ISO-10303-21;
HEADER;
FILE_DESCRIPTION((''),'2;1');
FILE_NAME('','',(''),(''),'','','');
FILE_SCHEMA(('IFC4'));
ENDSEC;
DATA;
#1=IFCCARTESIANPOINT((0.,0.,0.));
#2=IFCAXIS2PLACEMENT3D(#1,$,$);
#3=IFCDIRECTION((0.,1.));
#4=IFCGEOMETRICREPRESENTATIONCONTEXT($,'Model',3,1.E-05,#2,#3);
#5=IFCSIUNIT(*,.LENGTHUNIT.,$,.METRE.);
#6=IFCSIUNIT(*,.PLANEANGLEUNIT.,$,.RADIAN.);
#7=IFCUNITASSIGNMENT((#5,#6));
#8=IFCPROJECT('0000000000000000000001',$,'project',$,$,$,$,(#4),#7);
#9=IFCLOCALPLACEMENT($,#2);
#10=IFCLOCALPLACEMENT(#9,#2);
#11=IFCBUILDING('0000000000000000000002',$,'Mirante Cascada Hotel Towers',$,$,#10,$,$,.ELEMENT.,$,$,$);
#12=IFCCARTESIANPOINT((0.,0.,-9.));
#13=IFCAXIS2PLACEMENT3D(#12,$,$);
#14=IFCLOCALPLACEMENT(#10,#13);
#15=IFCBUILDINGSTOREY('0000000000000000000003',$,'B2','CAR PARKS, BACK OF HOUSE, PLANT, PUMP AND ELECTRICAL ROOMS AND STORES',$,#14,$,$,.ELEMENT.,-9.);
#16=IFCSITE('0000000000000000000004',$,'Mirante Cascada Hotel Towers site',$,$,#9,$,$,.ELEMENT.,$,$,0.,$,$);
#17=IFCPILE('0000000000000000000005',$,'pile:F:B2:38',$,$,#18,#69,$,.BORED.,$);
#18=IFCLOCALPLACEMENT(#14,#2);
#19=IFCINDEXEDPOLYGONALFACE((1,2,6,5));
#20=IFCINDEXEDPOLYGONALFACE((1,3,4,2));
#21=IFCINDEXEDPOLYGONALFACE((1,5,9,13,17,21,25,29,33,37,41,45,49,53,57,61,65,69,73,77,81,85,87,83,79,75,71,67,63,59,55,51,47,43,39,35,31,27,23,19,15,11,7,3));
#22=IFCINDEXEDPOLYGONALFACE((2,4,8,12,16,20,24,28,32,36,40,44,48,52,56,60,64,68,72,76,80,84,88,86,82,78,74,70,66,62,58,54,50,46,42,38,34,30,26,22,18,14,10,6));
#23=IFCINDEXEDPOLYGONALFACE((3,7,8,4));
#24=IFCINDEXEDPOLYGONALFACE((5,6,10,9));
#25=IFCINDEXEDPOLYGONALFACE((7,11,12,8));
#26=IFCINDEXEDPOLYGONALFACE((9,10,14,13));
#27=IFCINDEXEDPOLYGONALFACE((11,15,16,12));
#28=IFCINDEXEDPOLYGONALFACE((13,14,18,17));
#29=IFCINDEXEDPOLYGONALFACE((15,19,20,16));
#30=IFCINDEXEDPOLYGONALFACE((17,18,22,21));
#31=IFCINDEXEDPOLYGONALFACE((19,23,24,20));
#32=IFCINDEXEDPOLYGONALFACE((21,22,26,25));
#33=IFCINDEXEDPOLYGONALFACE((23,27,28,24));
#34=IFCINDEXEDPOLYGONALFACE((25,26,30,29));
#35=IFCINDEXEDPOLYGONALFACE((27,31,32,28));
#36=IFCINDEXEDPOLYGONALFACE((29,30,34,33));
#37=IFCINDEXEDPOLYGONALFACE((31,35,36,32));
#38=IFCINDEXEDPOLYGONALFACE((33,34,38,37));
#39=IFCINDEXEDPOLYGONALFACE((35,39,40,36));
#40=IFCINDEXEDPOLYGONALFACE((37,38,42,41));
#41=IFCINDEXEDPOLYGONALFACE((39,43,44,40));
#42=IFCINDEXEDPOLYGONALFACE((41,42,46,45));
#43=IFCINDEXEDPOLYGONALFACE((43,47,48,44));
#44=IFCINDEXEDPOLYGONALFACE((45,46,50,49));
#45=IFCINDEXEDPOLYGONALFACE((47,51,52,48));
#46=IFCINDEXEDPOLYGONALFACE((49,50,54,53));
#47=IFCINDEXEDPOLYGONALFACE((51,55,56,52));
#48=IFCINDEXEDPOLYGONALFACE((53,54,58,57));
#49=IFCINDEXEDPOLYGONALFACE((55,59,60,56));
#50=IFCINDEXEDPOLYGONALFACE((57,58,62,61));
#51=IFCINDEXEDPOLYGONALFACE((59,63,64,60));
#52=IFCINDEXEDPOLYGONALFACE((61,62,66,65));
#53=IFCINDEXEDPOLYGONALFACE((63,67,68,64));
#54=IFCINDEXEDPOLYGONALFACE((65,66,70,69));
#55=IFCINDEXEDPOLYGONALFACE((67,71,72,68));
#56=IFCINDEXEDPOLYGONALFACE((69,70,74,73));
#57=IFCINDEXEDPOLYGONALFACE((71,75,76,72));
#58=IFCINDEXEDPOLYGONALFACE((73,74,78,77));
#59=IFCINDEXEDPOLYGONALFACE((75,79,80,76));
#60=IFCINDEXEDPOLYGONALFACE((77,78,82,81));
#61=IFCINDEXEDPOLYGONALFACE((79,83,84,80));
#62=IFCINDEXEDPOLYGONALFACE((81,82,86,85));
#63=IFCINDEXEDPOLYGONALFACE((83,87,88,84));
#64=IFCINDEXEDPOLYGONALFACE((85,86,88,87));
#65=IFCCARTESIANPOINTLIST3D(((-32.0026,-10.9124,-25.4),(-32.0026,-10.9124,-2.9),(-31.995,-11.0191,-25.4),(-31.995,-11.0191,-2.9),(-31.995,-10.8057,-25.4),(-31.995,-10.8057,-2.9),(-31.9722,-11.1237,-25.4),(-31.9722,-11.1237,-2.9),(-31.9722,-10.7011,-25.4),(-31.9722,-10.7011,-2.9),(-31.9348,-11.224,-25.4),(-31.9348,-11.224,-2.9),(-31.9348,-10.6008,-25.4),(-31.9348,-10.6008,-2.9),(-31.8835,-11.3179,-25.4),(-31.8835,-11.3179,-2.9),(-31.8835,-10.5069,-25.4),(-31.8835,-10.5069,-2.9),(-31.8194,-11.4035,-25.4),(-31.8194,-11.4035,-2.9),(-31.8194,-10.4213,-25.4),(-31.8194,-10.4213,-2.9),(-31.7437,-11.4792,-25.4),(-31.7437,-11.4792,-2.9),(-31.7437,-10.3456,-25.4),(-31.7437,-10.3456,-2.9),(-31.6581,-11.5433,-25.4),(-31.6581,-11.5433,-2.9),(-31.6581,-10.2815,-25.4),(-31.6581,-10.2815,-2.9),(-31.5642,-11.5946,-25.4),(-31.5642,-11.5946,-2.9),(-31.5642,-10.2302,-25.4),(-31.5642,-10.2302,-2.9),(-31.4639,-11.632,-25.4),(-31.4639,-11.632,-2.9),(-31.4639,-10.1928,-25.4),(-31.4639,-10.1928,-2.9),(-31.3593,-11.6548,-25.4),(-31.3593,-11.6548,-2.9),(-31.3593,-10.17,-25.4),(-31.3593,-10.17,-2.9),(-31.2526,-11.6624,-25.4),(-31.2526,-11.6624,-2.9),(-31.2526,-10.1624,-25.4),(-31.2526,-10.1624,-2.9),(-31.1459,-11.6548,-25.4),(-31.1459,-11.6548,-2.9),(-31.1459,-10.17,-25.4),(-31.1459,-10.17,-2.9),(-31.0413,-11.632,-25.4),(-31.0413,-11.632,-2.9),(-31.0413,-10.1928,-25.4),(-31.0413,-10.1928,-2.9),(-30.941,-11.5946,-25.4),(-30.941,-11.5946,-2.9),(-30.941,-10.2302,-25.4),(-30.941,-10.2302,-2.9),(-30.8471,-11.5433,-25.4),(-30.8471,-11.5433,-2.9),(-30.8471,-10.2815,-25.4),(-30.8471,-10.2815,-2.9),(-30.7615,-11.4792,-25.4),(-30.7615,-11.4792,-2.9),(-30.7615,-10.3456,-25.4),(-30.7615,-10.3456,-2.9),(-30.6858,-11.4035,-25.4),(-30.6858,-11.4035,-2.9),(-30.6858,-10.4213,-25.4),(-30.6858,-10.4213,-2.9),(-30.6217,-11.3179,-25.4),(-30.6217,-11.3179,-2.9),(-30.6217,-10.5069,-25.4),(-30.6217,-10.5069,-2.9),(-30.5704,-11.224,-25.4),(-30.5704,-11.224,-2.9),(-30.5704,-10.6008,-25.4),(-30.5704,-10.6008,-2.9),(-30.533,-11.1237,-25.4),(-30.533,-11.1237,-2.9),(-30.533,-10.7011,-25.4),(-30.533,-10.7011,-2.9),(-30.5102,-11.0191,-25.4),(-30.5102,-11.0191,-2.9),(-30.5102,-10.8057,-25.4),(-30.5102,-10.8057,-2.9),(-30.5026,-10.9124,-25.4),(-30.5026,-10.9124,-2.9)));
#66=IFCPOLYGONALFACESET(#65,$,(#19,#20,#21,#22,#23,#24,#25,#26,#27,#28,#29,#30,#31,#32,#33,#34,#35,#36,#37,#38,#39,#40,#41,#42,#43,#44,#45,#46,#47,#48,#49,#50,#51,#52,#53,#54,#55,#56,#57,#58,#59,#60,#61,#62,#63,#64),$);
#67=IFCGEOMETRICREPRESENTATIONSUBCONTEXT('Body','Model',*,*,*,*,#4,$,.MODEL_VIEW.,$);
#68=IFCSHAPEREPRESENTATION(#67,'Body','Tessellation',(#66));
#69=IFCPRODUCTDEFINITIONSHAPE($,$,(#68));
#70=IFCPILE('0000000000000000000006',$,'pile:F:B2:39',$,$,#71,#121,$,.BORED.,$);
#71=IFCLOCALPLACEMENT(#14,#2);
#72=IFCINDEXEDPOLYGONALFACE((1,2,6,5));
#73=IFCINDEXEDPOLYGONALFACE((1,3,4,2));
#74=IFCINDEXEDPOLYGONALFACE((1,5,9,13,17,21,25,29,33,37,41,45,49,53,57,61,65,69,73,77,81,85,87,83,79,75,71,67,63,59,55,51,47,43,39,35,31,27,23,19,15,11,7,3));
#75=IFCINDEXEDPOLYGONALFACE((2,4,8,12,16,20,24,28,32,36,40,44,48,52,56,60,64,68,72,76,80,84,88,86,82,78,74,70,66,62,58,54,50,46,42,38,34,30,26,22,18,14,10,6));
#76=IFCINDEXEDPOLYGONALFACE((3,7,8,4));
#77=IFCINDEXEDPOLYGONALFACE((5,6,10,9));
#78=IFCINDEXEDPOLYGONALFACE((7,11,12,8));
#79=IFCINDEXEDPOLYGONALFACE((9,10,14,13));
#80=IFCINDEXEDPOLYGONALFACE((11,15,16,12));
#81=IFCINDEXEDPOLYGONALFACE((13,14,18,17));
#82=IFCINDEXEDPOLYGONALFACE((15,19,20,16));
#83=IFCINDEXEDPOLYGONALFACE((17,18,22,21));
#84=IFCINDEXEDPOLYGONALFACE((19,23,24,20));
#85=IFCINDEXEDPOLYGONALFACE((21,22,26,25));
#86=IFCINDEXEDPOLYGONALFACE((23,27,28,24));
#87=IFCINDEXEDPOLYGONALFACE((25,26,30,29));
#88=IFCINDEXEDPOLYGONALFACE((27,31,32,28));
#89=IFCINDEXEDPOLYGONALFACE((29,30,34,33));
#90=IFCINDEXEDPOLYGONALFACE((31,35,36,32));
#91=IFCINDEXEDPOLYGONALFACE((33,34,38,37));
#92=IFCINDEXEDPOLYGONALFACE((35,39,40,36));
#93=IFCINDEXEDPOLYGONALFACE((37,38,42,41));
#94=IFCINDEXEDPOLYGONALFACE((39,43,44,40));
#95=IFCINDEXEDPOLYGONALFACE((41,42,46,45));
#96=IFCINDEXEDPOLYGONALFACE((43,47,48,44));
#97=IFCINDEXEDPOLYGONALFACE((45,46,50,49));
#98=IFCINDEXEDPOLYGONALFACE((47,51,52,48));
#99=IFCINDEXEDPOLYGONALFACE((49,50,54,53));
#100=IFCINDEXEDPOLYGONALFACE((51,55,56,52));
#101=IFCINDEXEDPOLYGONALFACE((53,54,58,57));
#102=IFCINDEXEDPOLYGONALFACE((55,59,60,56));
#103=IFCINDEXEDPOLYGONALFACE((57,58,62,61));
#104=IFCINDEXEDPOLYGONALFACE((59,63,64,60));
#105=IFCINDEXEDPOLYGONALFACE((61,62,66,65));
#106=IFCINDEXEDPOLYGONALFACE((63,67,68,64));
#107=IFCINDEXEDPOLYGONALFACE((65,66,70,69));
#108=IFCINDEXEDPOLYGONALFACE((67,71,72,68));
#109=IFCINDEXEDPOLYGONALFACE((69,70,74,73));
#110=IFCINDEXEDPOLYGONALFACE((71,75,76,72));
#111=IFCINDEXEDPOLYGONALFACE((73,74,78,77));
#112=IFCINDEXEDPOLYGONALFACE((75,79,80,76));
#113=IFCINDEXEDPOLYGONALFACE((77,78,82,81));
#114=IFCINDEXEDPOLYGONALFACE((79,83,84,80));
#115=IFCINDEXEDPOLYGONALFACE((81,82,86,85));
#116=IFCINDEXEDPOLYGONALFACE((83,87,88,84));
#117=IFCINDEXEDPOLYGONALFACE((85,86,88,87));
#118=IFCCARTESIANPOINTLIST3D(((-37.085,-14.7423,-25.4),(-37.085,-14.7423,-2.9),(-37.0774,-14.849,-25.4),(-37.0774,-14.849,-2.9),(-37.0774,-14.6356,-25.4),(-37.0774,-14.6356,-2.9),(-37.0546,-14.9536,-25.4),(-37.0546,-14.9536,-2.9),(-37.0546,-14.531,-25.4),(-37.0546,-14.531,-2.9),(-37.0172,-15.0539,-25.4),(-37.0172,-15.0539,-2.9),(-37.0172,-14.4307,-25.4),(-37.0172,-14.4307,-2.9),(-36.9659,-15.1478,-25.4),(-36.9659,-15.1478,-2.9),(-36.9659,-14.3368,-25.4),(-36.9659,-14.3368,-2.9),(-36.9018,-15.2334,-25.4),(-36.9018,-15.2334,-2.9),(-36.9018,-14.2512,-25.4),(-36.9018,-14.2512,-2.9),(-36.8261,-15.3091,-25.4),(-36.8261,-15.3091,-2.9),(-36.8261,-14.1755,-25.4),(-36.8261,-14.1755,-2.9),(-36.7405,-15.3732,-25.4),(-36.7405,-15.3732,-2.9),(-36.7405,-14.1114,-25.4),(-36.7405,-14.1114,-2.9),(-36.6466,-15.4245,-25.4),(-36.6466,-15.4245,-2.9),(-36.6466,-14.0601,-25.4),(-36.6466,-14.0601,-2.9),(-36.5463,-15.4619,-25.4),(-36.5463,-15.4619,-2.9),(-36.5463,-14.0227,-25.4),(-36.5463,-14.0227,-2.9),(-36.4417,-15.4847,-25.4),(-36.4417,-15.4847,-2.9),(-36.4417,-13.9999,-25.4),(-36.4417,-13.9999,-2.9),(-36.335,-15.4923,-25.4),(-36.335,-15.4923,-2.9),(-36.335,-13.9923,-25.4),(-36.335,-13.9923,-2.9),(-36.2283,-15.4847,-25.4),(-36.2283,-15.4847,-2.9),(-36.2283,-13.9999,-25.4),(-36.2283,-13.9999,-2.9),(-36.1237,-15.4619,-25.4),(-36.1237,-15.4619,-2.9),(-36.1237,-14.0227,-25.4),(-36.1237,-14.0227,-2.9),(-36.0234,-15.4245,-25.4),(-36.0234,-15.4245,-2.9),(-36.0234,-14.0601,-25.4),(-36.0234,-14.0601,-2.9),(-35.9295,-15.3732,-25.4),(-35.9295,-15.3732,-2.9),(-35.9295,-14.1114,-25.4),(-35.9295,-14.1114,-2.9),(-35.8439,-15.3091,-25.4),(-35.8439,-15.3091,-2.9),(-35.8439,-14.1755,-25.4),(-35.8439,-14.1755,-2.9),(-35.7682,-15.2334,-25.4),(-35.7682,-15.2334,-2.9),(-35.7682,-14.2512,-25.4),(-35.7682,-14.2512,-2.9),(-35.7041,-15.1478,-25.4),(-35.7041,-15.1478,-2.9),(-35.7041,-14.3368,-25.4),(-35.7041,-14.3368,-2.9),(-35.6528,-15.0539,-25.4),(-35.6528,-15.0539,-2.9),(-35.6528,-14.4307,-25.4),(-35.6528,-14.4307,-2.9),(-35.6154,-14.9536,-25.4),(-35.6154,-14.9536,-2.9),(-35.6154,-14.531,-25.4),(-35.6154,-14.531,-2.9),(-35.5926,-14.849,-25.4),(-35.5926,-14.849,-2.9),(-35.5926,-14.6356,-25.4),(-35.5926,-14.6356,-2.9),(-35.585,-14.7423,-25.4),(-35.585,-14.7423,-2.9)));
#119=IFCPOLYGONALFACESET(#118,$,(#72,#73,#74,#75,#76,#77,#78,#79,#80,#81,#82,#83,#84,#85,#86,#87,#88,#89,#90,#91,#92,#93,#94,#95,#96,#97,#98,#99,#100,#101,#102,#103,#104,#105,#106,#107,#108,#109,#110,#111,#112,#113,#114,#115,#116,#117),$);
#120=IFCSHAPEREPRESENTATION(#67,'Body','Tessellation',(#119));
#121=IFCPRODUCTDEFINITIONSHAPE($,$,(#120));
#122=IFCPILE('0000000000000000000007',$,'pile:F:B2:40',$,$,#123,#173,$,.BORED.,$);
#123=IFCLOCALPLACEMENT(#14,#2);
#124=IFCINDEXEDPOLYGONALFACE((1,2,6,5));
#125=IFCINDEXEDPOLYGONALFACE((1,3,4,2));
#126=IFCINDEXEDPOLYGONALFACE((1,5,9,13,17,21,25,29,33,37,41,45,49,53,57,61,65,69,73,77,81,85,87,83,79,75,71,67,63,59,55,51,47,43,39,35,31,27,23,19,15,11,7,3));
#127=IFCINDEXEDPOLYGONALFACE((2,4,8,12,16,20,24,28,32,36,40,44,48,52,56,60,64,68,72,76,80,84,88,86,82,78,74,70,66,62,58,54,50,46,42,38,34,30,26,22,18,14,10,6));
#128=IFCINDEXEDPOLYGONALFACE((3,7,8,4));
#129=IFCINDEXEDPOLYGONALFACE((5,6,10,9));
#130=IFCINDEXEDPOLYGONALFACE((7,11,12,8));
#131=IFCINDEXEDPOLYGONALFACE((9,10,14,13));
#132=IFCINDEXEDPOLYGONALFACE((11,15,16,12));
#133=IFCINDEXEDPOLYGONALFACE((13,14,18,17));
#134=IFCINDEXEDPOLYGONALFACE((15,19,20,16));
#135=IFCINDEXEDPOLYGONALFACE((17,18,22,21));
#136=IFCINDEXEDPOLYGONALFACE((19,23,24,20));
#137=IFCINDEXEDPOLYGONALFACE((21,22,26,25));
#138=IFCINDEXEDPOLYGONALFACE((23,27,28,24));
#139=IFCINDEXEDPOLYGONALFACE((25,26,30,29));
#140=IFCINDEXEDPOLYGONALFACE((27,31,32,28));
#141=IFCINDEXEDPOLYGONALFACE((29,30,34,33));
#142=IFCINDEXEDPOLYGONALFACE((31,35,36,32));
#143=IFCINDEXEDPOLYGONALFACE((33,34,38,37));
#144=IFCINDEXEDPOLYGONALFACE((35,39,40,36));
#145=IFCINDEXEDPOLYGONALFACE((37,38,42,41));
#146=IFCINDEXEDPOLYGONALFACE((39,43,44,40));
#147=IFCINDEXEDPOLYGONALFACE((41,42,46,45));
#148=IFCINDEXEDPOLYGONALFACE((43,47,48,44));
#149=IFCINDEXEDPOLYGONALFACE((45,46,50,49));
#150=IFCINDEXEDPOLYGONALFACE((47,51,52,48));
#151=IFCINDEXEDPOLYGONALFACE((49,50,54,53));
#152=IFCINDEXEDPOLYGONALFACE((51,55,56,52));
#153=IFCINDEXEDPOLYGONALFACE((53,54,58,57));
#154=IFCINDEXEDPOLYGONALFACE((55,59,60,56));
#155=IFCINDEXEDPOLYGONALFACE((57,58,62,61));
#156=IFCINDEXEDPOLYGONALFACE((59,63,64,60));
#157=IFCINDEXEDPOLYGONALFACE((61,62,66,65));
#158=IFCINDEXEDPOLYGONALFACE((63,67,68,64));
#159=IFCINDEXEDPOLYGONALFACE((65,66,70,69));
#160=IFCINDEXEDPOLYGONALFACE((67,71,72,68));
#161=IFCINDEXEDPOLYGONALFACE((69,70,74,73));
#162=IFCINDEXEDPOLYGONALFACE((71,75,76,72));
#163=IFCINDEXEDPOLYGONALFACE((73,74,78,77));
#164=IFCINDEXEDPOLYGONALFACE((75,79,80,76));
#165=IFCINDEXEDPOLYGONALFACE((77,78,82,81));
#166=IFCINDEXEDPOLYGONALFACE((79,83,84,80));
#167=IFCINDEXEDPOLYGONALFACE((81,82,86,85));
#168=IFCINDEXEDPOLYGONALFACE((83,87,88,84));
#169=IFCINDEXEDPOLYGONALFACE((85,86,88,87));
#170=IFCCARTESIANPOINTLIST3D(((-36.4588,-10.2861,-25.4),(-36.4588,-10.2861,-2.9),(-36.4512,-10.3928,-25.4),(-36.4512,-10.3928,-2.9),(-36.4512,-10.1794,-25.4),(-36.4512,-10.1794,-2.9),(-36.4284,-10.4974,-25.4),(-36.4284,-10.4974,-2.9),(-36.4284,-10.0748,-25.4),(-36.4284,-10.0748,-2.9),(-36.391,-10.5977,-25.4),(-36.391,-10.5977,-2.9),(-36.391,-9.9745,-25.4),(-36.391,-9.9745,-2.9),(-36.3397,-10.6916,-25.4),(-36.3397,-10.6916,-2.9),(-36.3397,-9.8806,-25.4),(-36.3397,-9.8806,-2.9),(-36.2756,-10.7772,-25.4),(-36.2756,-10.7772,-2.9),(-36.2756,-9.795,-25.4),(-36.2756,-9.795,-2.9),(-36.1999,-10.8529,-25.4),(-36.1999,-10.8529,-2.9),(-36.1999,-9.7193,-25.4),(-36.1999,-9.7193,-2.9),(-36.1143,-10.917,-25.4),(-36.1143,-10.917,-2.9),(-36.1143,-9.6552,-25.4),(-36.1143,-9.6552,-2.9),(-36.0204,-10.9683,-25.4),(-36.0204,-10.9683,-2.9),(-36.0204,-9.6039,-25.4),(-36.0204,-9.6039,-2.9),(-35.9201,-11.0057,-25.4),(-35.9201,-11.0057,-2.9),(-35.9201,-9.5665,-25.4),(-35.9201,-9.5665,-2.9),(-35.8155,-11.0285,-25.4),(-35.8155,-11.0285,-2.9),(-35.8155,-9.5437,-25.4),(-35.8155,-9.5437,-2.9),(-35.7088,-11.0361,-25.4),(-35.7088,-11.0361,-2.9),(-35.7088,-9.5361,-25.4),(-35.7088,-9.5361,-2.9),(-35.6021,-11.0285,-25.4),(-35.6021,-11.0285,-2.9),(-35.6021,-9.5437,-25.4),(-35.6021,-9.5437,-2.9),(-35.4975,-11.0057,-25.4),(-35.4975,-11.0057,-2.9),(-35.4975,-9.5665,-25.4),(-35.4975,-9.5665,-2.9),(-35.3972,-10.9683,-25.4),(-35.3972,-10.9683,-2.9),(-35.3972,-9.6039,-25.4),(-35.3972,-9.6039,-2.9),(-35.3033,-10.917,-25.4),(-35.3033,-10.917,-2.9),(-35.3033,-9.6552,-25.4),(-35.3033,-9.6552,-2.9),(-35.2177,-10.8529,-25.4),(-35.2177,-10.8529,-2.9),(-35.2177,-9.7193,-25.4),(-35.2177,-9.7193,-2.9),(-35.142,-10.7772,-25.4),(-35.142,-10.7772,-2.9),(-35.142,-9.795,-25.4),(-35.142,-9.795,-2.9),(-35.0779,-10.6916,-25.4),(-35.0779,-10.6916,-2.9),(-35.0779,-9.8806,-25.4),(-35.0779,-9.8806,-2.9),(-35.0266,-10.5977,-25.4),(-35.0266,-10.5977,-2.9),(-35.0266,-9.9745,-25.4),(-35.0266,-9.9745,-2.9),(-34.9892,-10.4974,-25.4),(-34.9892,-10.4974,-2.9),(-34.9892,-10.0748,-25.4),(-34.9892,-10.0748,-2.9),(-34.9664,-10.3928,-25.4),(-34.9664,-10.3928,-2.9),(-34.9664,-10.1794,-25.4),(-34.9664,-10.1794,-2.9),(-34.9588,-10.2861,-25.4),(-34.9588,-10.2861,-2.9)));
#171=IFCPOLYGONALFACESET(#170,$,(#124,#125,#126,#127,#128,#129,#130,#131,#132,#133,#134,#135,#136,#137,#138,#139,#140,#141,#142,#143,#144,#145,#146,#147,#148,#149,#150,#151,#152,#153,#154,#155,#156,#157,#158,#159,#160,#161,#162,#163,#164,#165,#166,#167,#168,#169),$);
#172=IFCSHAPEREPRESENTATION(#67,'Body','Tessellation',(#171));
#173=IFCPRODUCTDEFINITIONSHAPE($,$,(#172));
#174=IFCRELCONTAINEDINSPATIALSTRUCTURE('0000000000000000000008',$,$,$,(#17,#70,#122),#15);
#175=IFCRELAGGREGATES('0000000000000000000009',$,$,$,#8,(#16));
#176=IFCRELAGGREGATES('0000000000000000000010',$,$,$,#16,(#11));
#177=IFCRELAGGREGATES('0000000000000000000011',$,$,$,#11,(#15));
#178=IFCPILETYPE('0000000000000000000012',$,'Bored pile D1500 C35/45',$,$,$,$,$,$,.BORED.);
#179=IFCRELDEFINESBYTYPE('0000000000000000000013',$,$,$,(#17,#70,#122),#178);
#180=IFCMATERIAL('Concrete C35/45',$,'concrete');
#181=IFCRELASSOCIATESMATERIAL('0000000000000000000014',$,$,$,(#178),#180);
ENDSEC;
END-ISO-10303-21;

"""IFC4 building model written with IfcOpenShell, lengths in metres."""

from ifc_helpers import new_model, si_unit, direction, frame, origin, origin_2d, place, context, subcontext, project, spatial, circle, extrude, material, material_profile, profile_set, type_object, element, save


model = new_model("IFC4")

# Units and contexts
model_context = context("Model", 3, precision=1e-05, world=origin(), true_north=direction((0.0, 1.0)))
body_context = subcontext(model_context, "Body", "Model", "MODEL_VIEW")
ifc_project = project(units=[si_unit("LENGTHUNIT", "METRE"), si_unit("PLANEANGLEUNIT", "RADIAN")], contexts=[model_context])

# Site, building, storey
site_placement = place(None, origin())
site = spatial("IfcSite", under=ifc_project, at=site_placement, Name="Mirante Cascada Hotel Towers site", CompositionType="ELEMENT", RefElevation=0.0)
building_placement = place(site_placement, origin())
building = spatial("IfcBuilding", under=site, at=building_placement, Name="Mirante Cascada Hotel Towers", CompositionType="ELEMENT")
storey_placement = place(building_placement, frame((0.0, 0.0, -9.0)))
storey = spatial("IfcBuildingStorey", under=building, at=storey_placement, Name="B2", Description="CAR PARKS, BACK OF HOUSE, PLANT, PUMP AND ELECTRICAL ROOMS AND STORES", CompositionType="ELEMENT", Elevation=-9.0)

# Piles
ifc_material_1 = material(Name="Concrete C35/45", Category="concrete")
ifc_material_profile_1 = material_profile(ifc_material_1, circle(Radius=0.75, at=origin_2d()), Name="RC D1500")
ifc_profile_set_1 = profile_set([ifc_material_profile_1], Name="Concrete C35/45")
pile_type = type_object("IfcPileType", Name="Bored pile D1500 C35/45", PredefinedType="BORED", material=ifc_profile_set_1)
for number, where, z_axis, x_axis, name in (
    (1, (-31.2526, -10.9124, -2.9), (0.0, 0.0, -1.0), (1.0, 0.0, 0.0), "pile:F:B2:38"),
    (2, (-36.335, -14.7423, -2.9), (0.0, 0.0, -1.0), (1.0, 0.0, 0.0), "pile:F:B2:39"),
    (3, (-35.7088, -10.2861, -2.9), (0.0, 0.0, -1.0), (1.0, 0.0, 0.0), "pile:F:B2:40"),
):
    element("IfcPile", number, at=place(storey_placement, frame(where, z_axis=z_axis, x_axis=x_axis)), inside=storey, type_object=pile_type, Name=name, PredefinedType="BORED", context=body_context, shape_type="SweptSolid", body=[
        extrude(circle(Radius=0.75, at=origin_2d()), origin(), (0.0, 0.0, 1.0), 22.5),
    ])

save(model, "model.ifc")
